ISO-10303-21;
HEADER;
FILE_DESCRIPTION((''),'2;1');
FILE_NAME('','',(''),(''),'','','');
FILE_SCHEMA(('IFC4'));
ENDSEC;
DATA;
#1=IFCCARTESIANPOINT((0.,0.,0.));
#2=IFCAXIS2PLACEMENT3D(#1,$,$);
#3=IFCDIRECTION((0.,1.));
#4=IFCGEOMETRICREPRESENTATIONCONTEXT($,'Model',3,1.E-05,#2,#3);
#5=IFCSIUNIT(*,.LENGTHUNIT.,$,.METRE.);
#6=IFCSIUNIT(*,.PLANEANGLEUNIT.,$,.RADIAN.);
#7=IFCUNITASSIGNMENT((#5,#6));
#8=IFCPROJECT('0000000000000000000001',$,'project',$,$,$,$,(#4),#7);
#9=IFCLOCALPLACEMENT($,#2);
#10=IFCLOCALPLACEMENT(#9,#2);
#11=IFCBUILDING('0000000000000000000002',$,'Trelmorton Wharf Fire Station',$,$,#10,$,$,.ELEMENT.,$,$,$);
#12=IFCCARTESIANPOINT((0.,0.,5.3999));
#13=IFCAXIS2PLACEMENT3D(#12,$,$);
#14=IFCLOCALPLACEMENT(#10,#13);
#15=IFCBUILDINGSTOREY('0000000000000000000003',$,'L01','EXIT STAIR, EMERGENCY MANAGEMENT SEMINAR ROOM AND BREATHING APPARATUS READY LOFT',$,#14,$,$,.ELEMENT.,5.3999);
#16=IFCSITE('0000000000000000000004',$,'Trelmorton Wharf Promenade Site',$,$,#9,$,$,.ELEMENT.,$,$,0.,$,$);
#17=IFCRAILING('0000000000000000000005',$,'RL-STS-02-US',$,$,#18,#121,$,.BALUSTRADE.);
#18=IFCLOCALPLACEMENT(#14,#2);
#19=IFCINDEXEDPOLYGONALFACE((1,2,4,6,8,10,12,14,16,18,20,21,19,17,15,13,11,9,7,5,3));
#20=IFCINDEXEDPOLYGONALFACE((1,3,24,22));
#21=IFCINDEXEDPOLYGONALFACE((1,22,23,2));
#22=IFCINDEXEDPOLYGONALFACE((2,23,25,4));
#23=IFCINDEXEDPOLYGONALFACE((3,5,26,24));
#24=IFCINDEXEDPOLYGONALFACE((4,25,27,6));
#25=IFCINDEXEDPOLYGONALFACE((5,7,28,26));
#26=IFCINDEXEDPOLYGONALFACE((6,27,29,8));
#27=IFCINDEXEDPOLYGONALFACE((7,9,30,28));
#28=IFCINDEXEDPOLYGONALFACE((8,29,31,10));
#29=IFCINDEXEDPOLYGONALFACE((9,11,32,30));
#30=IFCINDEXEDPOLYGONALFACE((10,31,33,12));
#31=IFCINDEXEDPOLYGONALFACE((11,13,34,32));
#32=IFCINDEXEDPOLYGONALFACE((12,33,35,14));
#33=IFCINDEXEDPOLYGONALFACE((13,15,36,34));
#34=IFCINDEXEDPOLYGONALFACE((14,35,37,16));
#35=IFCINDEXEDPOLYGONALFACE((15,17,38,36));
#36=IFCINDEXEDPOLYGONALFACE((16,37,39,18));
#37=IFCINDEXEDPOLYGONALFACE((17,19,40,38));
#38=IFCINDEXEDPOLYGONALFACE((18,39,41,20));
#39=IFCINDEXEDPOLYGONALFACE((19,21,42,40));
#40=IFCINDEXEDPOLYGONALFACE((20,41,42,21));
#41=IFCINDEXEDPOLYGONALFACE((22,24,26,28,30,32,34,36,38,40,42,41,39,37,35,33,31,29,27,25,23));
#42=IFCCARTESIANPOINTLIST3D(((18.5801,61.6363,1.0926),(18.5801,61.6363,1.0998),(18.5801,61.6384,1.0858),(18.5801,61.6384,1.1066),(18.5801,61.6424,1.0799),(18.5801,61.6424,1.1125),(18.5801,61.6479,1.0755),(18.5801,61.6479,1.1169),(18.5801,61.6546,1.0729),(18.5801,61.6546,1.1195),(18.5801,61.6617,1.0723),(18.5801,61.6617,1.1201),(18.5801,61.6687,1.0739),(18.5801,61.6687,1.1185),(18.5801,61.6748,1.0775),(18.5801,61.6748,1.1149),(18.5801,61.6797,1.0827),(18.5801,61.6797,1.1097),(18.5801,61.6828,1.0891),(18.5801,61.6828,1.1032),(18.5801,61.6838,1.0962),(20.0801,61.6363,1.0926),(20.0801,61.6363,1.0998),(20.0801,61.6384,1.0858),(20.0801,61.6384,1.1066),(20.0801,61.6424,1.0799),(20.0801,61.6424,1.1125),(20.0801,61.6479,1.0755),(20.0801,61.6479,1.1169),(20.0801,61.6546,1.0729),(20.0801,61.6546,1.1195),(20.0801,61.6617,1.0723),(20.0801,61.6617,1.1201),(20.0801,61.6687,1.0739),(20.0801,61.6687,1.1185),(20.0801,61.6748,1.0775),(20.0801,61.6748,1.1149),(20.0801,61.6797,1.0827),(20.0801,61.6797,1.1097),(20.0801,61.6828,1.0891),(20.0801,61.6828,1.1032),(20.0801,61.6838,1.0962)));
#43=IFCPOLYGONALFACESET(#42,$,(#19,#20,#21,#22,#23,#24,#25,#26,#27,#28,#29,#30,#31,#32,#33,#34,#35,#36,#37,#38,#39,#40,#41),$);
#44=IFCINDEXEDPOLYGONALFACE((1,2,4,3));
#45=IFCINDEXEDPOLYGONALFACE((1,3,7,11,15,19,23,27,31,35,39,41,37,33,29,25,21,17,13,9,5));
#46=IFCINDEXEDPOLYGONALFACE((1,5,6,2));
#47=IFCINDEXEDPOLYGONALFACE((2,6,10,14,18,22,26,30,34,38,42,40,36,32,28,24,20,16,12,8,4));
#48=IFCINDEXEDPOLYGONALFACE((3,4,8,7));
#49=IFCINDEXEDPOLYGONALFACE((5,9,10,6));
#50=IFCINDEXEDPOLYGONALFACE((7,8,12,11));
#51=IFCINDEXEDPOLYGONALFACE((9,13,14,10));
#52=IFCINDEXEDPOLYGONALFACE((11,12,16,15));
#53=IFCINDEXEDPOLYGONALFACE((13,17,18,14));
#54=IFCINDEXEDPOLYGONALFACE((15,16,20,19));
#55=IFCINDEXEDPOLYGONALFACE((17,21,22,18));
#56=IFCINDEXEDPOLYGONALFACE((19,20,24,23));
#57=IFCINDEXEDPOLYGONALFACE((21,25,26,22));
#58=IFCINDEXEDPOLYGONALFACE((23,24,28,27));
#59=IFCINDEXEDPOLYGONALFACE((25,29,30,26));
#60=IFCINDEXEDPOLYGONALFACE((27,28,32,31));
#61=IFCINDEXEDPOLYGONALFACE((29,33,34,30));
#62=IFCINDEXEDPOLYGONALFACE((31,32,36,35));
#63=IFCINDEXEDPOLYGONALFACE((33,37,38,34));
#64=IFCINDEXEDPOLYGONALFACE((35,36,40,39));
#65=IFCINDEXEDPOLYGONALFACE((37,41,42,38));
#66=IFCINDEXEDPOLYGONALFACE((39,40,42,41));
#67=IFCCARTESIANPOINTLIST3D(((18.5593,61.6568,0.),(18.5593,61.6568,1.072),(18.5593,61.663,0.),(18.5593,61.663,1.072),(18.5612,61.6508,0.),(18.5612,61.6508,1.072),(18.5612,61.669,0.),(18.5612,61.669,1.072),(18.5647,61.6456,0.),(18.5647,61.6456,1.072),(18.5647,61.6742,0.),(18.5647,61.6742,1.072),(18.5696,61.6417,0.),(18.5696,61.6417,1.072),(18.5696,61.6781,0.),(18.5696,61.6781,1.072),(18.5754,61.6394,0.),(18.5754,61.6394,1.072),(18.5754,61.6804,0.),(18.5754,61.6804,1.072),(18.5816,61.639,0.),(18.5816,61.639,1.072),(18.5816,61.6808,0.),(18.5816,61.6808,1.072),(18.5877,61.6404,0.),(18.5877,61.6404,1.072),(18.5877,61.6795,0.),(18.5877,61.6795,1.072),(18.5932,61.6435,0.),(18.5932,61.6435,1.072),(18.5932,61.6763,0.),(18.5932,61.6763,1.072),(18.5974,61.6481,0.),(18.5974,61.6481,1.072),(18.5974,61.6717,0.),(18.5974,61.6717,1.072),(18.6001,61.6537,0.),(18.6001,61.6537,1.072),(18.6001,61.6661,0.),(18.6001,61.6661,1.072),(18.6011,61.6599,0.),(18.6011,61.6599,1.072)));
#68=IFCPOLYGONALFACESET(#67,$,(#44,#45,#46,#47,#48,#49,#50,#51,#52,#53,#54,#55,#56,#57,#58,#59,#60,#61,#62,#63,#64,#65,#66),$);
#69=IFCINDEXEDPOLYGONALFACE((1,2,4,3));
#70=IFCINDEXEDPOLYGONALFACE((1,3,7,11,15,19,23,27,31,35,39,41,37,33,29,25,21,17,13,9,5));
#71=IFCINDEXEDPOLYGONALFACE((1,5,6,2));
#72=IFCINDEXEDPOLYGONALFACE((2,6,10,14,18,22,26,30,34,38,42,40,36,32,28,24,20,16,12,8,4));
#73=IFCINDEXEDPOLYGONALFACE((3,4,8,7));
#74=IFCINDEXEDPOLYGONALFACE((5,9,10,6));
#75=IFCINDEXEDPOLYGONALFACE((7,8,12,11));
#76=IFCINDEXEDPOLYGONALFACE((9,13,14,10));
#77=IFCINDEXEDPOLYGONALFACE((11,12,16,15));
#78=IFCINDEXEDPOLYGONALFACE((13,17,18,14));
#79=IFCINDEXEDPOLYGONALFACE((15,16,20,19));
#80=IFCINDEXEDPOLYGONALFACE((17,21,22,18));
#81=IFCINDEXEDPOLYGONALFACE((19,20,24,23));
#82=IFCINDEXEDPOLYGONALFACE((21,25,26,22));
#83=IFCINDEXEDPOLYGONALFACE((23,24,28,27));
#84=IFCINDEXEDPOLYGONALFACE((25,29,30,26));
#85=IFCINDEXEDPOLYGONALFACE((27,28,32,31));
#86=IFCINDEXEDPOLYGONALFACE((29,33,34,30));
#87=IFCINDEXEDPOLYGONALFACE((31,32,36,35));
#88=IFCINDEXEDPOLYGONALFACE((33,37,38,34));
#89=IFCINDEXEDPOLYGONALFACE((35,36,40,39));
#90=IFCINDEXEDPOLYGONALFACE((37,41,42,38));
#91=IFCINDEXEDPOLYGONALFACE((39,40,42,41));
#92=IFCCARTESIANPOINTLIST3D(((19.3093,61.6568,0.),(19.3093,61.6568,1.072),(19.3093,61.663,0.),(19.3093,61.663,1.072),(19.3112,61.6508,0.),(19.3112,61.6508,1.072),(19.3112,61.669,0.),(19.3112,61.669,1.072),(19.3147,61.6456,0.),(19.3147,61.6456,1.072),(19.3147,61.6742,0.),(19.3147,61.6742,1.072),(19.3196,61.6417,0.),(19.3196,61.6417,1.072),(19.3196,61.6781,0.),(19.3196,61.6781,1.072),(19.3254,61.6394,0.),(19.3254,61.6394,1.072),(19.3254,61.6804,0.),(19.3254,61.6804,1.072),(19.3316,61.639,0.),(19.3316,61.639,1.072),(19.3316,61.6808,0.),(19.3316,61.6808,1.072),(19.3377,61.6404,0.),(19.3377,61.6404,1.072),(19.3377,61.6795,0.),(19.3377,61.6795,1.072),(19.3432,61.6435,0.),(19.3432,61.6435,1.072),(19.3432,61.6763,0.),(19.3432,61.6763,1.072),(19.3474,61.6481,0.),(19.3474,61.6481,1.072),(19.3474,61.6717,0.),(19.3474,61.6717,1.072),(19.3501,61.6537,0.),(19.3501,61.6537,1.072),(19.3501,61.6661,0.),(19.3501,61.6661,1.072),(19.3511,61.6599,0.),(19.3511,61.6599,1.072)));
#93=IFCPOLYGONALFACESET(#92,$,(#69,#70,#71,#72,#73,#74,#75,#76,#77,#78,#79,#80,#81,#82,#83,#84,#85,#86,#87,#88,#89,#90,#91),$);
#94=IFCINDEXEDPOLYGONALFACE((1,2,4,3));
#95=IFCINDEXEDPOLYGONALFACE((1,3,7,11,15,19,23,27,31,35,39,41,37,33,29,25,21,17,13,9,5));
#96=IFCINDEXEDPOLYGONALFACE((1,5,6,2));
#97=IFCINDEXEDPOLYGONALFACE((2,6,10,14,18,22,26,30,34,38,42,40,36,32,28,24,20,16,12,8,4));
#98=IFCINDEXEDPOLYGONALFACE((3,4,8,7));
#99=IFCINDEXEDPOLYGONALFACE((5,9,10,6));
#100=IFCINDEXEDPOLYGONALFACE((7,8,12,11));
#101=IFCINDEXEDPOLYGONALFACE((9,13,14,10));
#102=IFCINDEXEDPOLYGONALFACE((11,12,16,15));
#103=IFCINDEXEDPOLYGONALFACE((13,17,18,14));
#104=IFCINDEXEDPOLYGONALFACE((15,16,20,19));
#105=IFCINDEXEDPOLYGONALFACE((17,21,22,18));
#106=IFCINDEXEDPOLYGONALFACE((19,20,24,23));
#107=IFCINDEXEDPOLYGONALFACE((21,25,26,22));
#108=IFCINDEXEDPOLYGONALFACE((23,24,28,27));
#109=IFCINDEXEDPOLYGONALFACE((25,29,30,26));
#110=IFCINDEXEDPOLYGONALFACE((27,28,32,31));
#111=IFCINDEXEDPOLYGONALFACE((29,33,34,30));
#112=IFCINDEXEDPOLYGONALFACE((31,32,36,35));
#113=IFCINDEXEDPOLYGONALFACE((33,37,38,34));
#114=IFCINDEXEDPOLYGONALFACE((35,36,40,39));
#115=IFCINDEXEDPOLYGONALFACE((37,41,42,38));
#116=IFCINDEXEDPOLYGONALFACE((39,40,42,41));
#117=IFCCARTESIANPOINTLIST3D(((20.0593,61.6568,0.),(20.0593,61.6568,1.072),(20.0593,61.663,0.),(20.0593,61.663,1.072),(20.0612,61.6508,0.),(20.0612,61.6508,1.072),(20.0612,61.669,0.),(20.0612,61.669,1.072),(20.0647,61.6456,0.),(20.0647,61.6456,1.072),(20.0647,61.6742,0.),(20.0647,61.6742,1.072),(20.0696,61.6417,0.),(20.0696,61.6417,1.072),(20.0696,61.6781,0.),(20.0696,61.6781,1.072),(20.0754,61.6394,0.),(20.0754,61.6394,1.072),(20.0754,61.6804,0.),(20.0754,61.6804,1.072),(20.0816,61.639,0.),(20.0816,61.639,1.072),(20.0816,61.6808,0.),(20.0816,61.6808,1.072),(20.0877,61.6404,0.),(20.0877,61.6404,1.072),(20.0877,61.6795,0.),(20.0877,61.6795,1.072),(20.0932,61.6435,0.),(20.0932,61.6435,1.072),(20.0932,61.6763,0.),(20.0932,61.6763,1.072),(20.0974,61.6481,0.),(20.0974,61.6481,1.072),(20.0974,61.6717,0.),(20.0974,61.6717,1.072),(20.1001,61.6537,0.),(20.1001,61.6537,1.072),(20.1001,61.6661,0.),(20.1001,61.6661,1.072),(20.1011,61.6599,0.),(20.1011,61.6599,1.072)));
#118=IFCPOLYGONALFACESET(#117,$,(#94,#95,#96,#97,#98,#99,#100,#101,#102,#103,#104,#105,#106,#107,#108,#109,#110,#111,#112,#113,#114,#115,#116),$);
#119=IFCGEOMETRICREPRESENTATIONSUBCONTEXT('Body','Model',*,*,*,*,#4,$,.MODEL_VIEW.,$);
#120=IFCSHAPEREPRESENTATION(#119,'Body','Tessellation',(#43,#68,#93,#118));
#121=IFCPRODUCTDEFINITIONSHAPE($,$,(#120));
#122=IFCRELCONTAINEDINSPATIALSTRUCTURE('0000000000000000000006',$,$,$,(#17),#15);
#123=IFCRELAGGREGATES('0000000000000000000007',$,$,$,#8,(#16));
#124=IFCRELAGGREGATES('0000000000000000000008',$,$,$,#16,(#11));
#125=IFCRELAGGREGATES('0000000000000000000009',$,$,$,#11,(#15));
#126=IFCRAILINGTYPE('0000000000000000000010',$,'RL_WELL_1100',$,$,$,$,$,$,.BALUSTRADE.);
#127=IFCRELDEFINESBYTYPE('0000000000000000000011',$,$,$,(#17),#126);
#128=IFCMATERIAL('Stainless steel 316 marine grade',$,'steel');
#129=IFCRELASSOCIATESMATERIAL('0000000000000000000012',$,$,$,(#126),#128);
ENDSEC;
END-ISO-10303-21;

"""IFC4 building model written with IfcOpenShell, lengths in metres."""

from ifc_helpers import new_model, si_unit, direction, frame, origin, origin_2d, place, context, subcontext, project, spatial, circle, extrude, material, type_object, element, save


model = new_model("IFC4")

# Units and contexts
model_context = context("Model", 3, precision=1e-05, world=origin(), true_north=direction((0.0, 1.0)))
body_context = subcontext(model_context, "Body", "Model", "MODEL_VIEW")
ifc_project = project(units=[si_unit("LENGTHUNIT", "METRE"), si_unit("PLANEANGLEUNIT", "RADIAN")], contexts=[model_context])

# Site, building, storey
site_placement = place(None, origin())
site = spatial("IfcSite", under=ifc_project, at=site_placement, Name="Trelmorton Wharf Promenade Site", CompositionType="ELEMENT", RefElevation=0.0)
building_placement = place(site_placement, origin())
building = spatial("IfcBuilding", under=site, at=building_placement, Name="Trelmorton Wharf Fire Station", CompositionType="ELEMENT")
storey_placement = place(building_placement, frame((0.0, 0.0, 5.3999)))
storey = spatial("IfcBuildingStorey", under=building, at=storey_placement, Name="L01", Description="EXIT STAIR, EMERGENCY MANAGEMENT SEMINAR ROOM AND BREATHING APPARATUS READY LOFT", CompositionType="ELEMENT", Elevation=5.3999)

# Railing
ifc_material_1 = material(Name="Stainless steel 316 marine grade", Category="steel")
railing_type = type_object("IfcRailingType", Name="RL_WELL_1100", PredefinedType="BALUSTRADE", material=ifc_material_1)
railing_placement = place(storey_placement, frame((18.5801, 61.6599, 0.0)))
element("IfcRailing", 1, at=railing_placement, inside=storey, type_object=railing_type, Name="RL-STS-02-US", PredefinedType="BALUSTRADE", context=body_context, shape_type="SweptSolid", body=[
    extrude(circle(Radius=0.0239, at=origin_2d()), frame((0.0, 0.0, 1.0962), z_axis=(1.0, 0.0, 0.0), x_axis=(0.0, 1.0, 0.0)), (0.0, 0.0, 1.0), 1.5),
    extrude(circle(Radius=0.021, at=origin_2d()), origin(), (0.0, 0.0, 1.0), 1.072),
    extrude(circle(Radius=0.021, at=origin_2d()), frame((0.75, 0.0, 0.0)), (0.0, 0.0, 1.0), 1.072),
    extrude(circle(Radius=0.021, at=origin_2d()), frame((1.5, 0.0, 0.0)), (0.0, 0.0, 1.0), 1.072),
])

save(model, "model.ifc")
